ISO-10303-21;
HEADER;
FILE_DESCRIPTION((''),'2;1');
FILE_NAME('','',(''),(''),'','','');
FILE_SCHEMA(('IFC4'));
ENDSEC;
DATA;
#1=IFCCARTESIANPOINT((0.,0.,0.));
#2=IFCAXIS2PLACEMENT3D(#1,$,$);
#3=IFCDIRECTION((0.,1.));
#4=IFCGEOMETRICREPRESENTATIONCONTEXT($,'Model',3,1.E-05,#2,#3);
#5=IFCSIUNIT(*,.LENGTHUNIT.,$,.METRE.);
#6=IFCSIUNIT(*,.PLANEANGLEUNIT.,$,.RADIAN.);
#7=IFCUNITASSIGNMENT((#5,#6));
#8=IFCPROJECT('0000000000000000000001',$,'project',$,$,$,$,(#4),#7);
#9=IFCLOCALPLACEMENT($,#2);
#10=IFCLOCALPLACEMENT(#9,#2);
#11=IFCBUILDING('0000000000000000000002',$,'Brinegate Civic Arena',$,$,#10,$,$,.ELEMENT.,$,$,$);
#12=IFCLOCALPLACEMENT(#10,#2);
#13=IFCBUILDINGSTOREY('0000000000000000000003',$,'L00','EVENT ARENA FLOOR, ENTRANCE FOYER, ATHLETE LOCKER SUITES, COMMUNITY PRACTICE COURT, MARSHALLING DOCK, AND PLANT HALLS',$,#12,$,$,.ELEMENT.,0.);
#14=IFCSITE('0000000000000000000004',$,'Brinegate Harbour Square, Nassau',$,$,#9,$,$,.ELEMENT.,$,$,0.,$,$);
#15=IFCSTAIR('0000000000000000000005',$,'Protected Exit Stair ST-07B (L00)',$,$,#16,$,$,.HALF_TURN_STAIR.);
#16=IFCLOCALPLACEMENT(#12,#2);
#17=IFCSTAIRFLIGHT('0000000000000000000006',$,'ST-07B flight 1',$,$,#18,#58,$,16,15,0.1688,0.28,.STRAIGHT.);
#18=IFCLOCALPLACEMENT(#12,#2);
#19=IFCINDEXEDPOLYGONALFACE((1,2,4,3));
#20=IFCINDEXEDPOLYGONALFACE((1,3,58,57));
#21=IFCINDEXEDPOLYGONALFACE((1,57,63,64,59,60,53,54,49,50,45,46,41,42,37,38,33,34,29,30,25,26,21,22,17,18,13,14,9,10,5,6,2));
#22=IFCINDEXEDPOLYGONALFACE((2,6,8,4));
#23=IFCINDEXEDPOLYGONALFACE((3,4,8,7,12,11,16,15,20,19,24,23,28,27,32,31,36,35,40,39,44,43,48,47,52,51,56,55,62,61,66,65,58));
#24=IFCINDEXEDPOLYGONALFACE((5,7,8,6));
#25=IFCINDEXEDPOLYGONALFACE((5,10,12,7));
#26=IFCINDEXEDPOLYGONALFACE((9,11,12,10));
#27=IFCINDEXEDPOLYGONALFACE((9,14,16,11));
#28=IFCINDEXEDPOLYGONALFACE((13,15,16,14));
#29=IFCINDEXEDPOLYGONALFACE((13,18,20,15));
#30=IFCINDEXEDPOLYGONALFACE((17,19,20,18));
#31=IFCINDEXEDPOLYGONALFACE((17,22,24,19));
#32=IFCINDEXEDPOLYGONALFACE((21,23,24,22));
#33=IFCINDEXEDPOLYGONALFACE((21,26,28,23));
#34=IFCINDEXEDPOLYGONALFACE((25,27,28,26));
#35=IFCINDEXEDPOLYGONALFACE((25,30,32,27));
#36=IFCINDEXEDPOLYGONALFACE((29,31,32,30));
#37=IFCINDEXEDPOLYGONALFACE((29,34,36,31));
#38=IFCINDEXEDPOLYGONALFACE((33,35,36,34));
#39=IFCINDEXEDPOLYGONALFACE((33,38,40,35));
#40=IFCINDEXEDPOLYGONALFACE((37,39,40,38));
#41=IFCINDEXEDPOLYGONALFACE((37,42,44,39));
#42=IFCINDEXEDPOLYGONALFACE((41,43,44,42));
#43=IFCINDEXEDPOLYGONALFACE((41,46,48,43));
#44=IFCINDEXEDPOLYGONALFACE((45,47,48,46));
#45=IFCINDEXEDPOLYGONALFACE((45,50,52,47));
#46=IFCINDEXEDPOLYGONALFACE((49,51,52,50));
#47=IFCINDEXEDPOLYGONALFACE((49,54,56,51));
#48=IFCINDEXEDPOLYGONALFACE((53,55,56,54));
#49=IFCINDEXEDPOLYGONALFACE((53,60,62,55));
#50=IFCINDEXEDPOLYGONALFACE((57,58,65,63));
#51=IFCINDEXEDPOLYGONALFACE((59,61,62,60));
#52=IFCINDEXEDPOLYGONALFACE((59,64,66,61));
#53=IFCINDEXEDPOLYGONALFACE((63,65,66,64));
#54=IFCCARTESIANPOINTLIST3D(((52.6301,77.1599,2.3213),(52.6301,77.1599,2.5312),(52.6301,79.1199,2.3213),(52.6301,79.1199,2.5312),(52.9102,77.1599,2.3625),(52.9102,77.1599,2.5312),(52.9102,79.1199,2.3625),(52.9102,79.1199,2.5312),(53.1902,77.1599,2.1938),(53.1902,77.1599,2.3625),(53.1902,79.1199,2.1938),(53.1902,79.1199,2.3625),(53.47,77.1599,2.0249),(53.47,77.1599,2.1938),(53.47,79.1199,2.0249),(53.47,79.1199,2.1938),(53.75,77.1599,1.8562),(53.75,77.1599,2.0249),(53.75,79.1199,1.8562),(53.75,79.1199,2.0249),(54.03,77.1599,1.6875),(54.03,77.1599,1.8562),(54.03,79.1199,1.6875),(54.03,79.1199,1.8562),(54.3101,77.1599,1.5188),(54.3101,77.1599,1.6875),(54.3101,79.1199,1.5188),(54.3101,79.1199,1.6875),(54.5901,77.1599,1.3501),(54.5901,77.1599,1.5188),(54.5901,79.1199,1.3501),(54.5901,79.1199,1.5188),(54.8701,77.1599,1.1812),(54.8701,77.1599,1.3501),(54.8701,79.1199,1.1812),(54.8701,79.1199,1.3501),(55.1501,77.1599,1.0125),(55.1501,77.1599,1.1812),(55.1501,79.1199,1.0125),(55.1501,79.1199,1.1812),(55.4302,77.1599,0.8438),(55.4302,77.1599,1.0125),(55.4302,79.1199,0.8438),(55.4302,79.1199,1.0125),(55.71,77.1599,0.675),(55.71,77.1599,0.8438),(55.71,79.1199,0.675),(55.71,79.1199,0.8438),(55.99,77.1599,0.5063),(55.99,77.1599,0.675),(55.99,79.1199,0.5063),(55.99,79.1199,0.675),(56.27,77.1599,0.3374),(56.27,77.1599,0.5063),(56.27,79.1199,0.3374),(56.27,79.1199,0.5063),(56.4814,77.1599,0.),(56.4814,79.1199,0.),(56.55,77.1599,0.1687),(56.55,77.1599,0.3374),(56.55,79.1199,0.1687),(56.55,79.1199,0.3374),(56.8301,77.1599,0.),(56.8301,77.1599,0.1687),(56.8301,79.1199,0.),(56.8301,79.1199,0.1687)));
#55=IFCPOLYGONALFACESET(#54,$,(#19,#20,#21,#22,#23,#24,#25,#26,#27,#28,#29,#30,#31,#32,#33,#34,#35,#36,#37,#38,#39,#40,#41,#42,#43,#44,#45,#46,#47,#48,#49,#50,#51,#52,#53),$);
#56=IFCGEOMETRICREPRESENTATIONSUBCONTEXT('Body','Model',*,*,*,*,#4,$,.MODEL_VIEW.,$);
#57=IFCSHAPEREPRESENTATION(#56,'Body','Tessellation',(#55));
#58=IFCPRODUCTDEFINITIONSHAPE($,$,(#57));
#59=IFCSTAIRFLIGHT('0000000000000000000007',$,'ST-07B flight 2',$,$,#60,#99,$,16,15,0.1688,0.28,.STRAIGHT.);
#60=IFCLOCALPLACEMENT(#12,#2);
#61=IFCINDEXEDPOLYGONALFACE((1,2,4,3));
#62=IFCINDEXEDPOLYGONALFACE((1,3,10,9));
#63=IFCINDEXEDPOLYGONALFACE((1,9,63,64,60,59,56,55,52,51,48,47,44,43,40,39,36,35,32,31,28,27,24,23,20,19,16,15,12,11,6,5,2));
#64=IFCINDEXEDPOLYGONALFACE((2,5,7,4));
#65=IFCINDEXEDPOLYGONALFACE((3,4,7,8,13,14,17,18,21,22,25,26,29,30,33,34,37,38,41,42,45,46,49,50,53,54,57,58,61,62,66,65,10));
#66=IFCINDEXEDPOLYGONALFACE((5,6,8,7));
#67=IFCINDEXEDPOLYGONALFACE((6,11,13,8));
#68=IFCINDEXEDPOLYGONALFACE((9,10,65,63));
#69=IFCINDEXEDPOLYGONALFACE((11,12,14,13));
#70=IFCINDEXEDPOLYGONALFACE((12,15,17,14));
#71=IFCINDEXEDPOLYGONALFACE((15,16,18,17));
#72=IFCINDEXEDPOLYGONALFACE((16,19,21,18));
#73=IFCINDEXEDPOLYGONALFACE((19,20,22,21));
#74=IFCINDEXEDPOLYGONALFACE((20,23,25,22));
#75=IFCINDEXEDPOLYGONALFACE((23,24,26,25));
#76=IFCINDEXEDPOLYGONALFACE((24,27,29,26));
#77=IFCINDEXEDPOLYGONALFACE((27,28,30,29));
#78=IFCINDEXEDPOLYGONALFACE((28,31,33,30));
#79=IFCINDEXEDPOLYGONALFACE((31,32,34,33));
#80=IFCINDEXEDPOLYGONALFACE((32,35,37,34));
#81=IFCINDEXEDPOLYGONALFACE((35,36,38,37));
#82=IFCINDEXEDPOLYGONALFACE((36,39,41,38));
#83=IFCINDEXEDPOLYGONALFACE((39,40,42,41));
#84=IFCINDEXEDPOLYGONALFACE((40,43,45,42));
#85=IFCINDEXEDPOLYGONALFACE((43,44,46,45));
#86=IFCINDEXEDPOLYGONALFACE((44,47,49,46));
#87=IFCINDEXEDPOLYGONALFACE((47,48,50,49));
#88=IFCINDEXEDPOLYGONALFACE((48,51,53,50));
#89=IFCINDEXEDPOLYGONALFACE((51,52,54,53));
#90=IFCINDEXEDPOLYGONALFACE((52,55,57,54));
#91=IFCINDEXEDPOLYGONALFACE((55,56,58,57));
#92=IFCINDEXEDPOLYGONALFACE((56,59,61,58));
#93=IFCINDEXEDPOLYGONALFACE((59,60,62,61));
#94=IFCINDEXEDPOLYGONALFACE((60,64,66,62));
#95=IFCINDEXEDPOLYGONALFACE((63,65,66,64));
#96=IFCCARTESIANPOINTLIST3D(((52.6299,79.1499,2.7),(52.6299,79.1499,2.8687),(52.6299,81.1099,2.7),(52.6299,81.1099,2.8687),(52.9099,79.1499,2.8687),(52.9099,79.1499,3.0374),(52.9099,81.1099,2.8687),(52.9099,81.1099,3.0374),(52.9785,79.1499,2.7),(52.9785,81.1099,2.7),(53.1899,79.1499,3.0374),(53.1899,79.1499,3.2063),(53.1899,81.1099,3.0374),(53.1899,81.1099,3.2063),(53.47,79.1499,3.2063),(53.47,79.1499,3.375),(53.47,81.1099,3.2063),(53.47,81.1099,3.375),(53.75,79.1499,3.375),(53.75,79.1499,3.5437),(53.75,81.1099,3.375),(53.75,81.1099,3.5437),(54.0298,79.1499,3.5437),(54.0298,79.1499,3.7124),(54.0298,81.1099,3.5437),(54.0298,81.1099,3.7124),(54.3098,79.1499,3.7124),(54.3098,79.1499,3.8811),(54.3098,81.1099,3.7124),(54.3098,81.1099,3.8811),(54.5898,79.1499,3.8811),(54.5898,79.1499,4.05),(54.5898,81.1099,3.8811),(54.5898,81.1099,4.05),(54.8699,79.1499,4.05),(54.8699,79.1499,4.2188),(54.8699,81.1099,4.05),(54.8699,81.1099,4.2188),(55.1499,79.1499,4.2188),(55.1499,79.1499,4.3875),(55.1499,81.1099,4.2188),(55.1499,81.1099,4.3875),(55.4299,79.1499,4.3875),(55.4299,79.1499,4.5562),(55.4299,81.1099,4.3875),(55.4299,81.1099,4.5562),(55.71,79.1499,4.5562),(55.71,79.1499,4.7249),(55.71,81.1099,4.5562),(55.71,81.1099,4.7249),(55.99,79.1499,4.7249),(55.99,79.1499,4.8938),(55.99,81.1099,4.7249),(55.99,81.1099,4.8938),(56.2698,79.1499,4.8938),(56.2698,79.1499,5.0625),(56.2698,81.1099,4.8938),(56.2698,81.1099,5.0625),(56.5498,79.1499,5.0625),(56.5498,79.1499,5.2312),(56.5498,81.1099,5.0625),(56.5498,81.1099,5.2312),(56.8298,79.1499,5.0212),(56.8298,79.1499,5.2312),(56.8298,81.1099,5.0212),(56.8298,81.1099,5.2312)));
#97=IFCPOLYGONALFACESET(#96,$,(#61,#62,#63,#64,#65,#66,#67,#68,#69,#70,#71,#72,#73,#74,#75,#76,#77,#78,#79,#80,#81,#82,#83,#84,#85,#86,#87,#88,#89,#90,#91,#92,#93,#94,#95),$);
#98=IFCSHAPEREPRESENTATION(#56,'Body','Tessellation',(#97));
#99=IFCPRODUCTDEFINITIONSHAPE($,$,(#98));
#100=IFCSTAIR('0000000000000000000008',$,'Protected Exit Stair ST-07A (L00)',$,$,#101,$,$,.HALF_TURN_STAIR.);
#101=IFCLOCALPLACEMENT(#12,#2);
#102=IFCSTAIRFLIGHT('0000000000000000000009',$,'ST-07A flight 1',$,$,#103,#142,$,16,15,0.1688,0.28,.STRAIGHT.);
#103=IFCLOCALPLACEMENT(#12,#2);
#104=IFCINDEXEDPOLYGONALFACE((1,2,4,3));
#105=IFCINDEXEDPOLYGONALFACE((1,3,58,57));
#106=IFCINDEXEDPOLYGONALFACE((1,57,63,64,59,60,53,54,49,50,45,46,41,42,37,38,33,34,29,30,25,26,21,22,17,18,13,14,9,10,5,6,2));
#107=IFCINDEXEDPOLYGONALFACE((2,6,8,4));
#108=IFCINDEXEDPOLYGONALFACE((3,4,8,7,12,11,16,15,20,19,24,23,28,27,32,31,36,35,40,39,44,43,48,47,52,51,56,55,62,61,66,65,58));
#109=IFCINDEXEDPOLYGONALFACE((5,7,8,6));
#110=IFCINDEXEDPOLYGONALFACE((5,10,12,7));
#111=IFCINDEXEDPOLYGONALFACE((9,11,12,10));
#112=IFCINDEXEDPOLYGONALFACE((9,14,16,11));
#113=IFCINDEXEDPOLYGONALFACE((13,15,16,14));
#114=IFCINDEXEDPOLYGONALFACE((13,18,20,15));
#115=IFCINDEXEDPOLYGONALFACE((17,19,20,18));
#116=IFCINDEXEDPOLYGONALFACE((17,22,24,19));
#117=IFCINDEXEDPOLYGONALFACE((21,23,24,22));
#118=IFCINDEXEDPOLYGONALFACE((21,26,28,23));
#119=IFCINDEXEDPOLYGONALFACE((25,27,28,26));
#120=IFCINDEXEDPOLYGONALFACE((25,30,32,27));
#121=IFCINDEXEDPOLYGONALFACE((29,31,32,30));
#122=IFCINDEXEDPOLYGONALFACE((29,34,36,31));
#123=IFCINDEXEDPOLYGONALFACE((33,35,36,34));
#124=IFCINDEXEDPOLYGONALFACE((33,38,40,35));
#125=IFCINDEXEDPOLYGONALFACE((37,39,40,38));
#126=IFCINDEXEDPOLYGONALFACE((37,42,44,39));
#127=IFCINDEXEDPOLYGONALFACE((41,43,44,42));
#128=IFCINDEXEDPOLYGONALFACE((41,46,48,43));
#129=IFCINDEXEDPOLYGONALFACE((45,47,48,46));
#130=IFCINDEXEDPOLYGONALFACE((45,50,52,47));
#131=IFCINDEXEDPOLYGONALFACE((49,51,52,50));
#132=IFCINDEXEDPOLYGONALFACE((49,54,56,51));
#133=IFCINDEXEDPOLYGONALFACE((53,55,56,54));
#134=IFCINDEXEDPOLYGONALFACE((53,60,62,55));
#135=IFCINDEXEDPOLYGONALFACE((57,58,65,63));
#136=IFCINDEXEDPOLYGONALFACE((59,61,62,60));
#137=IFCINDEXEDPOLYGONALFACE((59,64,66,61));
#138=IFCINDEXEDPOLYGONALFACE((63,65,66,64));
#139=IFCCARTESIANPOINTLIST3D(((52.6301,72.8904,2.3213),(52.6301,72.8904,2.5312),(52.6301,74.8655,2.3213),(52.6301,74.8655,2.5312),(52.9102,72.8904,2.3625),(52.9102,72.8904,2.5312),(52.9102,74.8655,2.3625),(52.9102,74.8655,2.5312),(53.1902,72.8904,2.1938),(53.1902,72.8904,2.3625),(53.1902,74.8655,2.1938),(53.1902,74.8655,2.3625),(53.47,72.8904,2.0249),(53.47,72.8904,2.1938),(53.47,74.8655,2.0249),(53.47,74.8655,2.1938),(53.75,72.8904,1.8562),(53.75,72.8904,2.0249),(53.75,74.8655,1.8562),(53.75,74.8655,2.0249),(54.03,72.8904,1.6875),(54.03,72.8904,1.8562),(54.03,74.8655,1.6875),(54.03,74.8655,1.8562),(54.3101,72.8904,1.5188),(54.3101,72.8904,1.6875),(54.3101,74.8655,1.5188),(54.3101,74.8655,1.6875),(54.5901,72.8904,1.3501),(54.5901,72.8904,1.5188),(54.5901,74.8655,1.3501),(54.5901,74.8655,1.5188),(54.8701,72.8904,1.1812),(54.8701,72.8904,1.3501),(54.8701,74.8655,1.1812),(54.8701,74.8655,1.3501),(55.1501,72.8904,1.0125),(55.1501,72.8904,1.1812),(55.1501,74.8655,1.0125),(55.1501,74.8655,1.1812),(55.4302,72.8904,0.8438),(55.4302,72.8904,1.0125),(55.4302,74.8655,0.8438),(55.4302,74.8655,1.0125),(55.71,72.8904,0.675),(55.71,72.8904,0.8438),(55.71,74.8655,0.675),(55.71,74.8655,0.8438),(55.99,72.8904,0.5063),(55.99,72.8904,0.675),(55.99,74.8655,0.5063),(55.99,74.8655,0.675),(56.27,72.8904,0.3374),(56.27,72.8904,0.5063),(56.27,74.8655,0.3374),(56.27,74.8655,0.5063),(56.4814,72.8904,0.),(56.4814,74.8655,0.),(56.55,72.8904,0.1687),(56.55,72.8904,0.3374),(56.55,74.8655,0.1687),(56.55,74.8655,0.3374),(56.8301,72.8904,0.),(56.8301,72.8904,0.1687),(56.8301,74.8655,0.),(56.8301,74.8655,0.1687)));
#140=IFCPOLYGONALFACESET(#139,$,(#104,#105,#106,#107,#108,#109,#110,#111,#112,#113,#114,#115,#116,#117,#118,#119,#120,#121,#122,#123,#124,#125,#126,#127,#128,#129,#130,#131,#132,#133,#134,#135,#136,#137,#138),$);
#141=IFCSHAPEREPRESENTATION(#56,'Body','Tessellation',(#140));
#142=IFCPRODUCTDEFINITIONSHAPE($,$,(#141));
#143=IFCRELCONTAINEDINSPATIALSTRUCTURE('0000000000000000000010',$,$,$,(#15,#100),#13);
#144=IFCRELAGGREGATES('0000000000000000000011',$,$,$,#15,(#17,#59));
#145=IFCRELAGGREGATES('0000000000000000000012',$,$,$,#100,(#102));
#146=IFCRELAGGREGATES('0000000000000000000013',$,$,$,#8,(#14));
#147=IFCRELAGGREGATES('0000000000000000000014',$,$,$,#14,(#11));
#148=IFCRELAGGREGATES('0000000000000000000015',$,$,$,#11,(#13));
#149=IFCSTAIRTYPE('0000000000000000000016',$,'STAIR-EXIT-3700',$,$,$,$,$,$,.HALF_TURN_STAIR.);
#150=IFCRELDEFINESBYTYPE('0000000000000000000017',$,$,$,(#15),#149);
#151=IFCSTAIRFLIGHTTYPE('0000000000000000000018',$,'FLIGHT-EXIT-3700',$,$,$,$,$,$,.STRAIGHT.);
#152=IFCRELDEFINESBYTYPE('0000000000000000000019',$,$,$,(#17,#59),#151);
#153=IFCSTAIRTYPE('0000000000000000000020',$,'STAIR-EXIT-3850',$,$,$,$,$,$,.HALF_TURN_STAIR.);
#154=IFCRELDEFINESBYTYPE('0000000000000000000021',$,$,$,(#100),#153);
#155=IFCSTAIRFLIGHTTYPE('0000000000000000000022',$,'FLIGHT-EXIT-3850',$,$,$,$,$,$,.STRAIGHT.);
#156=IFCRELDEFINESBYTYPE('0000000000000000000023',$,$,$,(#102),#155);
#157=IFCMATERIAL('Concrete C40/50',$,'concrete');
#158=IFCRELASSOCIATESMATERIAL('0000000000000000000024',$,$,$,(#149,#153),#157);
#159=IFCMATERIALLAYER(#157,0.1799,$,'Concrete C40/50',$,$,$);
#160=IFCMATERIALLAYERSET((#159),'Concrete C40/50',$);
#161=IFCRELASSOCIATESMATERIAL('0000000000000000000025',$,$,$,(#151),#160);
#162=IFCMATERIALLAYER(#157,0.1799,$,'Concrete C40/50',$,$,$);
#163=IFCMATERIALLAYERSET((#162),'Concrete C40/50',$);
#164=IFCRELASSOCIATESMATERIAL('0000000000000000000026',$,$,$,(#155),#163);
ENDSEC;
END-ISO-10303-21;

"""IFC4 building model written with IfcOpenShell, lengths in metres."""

from ifc_helpers import new_model, si_unit, direction, frame, origin, place, context, subcontext, project, spatial, polyline, outline, extrude, material, layer, layer_set, type_object, element, aggregate, save


model = new_model("IFC4")

# Units and contexts
model_context = context("Model", 3, precision=1e-05, world=origin(), true_north=direction((0.0, 1.0)))
body_context = subcontext(model_context, "Body", "Model", "MODEL_VIEW")
ifc_project = project(units=[si_unit("LENGTHUNIT", "METRE"), si_unit("PLANEANGLEUNIT", "RADIAN")], contexts=[model_context])

# Site, building, storey
site_placement = place(None, origin())
site = spatial("IfcSite", under=ifc_project, at=site_placement, Name="Brinegate Harbour Square, Nassau", CompositionType="ELEMENT", RefElevation=0.0)
building_placement = place(site_placement, origin())
building = spatial("IfcBuilding", under=site, at=building_placement, Name="Brinegate Civic Arena", CompositionType="ELEMENT")
storey_placement = place(building_placement, origin())
storey = spatial("IfcBuildingStorey", under=building, at=storey_placement, Name="L00", Description="EVENT ARENA FLOOR, ENTRANCE FOYER, ATHLETE LOCKER SUITES, COMMUNITY PRACTICE COURT, MARSHALLING DOCK, AND PLANT HALLS", CompositionType="ELEMENT", Elevation=0.0)

# Shared definitions
ifc_material_1 = material(Name="Concrete C40/50", Category="concrete")

# Stairs, stair flights
stair_type_1 = type_object("IfcStairType", Name="STAIR-EXIT-3700", PredefinedType="HALF_TURN_STAIR", material=ifc_material_1)
stair_1_placement = place(storey_placement, origin())
stair_1 = element("IfcStair", 1, at=stair_1_placement, inside=storey, type_object=stair_type_1, Name="Protected Exit Stair ST-07B (L00)", PredefinedType="HALF_TURN_STAIR")
ifc_layer_1 = layer(ifc_material_1, 0.1799, Name="Concrete C40/50")
ifc_layer_set_1 = layer_set([ifc_layer_1], Name="Concrete C40/50")
stair_flight_type_1 = type_object("IfcStairFlightType", Name="FLIGHT-EXIT-3700", PredefinedType="STRAIGHT", material=ifc_layer_set_1)
stair_flight_1_placement = place(storey_placement, frame((56.8301, 78.1399, 0.0), z_axis=(0.0, 0.0, 1.0), x_axis=(-1.0, 0.0, 0.0)))
stair_flight_1 = element("IfcStairFlight", 2, at=stair_flight_1_placement, type_object=stair_flight_type_1, Name="ST-07B flight 1", NumberOfRisers=16, NumberOfTreads=15, PredefinedType="STRAIGHT", RiserHeight=0.1688, TreadLength=0.28, context=body_context, shape_type="SweptSolid", body=[
    extrude(outline(polyline([(0.0, 0.0), (0.0, 0.1687), (0.28, 0.1687), (0.28, 0.3374), (0.5601, 0.3374), (0.5601, 0.5063), (0.8401, 0.5063), (0.8401, 0.675), (1.1201, 0.675), (1.1201, 0.8438), (1.3999, 0.8438), (1.3999, 1.0125), (1.6799, 1.0125), (1.6799, 1.1812), (1.96, 1.1812), (1.96, 1.3501), (2.24, 1.3501), (2.24, 1.5188), (2.52, 1.5188), (2.52, 1.6875), (2.8, 1.6875), (2.8, 1.8562), (3.0801, 1.8562), (3.0801, 2.0249), (3.3601, 2.0249), (3.3601, 2.1938), (3.6399, 2.1938), (3.6399, 2.3625), (3.9199, 2.3625), (3.9199, 2.5312), (4.2, 2.5312), (4.2, 2.7), (4.2, 2.3213), (0.3486, 0.0), (0.0, 0.0)])), frame((0.0, 0.98, 0.0), z_axis=(0.0, -1.0, 0.0), x_axis=(1.0, 0.0, 0.0)), (0.0, 0.0, 1.0), 1.96),
])
stair_flight_2_placement = place(storey_placement, frame((52.6299, 80.1299, 2.7), z_axis=(0.0, 0.0, 1.0), x_axis=(1.0, 0.0, 0.0)))
stair_flight_2 = element("IfcStairFlight", 3, at=stair_flight_2_placement, type_object=stair_flight_type_1, Name="ST-07B flight 2", NumberOfRisers=16, NumberOfTreads=15, PredefinedType="STRAIGHT", RiserHeight=0.1688, TreadLength=0.28, context=body_context, shape_type="SweptSolid", body=[
    extrude(outline(polyline([(0.0, 0.0), (0.0, 0.1687), (0.28, 0.1687), (0.28, 0.3374), (0.5601, 0.3374), (0.5601, 0.5063), (0.8401, 0.5063), (0.8401, 0.675), (1.1201, 0.675), (1.1201, 0.8438), (1.3999, 0.8438), (1.3999, 1.0125), (1.6799, 1.0125), (1.6799, 1.1812), (1.96, 1.1812), (1.96, 1.3501), (2.24, 1.3501), (2.24, 1.5188), (2.52, 1.5188), (2.52, 1.6875), (2.8, 1.6875), (2.8, 1.8562), (3.0801, 1.8562), (3.0801, 2.0249), (3.3601, 2.0249), (3.3601, 2.1938), (3.6399, 2.1938), (3.6399, 2.3625), (3.9199, 2.3625), (3.9199, 2.5312), (4.2, 2.5312), (4.2, 2.7), (4.2, 2.3213), (0.3486, 0.0), (0.0, 0.0)])), frame((0.0, 0.98, 0.0), z_axis=(0.0, -1.0, 0.0), x_axis=(1.0, 0.0, 0.0)), (0.0, 0.0, 1.0), 1.96),
])
aggregate(stair_1, [stair_flight_1, stair_flight_2])
stair_type_2 = type_object("IfcStairType", Name="STAIR-EXIT-3850", PredefinedType="HALF_TURN_STAIR", material=ifc_material_1)
stair_2_placement = place(storey_placement, origin())
stair_2 = element("IfcStair", 4, at=stair_2_placement, inside=storey, type_object=stair_type_2, Name="Protected Exit Stair ST-07A (L00)", PredefinedType="HALF_TURN_STAIR")
ifc_layer_2 = layer(ifc_material_1, 0.1799, Name="Concrete C40/50")
ifc_layer_set_2 = layer_set([ifc_layer_2], Name="Concrete C40/50")
stair_flight_type_2 = type_object("IfcStairFlightType", Name="FLIGHT-EXIT-3850", PredefinedType="STRAIGHT", material=ifc_layer_set_2)
stair_flight_3_placement = place(storey_placement, frame((56.8301, 73.8779, 0.0), z_axis=(0.0, 0.0, 1.0), x_axis=(-1.0, 0.0, 0.0)))
stair_flight_3 = element("IfcStairFlight", 5, at=stair_flight_3_placement, type_object=stair_flight_type_2, Name="ST-07A flight 1", NumberOfRisers=16, NumberOfTreads=15, PredefinedType="STRAIGHT", RiserHeight=0.1688, TreadLength=0.28, context=body_context, shape_type="SweptSolid", body=[
    extrude(outline(polyline([(0.0, 0.0), (0.0, 0.1687), (0.28, 0.1687), (0.28, 0.3374), (0.5601, 0.3374), (0.5601, 0.5063), (0.8401, 0.5063), (0.8401, 0.675), (1.1201, 0.675), (1.1201, 0.8438), (1.3999, 0.8438), (1.3999, 1.0125), (1.6799, 1.0125), (1.6799, 1.1812), (1.96, 1.1812), (1.96, 1.3501), (2.24, 1.3501), (2.24, 1.5188), (2.52, 1.5188), (2.52, 1.6875), (2.8, 1.6875), (2.8, 1.8562), (3.0801, 1.8562), (3.0801, 2.0249), (3.3601, 2.0249), (3.3601, 2.1938), (3.6399, 2.1938), (3.6399, 2.3625), (3.9199, 2.3625), (3.9199, 2.5312), (4.2, 2.5312), (4.2, 2.7), (4.2, 2.3213), (0.3486, 0.0), (0.0, 0.0)])), frame((0.0, 0.9875, 0.0), z_axis=(0.0, -1.0, 0.0), x_axis=(1.0, 0.0, 0.0)), (0.0, 0.0, 1.0), 1.9751),
])
aggregate(stair_2, [stair_flight_3])

save(model, "model.ifc")
